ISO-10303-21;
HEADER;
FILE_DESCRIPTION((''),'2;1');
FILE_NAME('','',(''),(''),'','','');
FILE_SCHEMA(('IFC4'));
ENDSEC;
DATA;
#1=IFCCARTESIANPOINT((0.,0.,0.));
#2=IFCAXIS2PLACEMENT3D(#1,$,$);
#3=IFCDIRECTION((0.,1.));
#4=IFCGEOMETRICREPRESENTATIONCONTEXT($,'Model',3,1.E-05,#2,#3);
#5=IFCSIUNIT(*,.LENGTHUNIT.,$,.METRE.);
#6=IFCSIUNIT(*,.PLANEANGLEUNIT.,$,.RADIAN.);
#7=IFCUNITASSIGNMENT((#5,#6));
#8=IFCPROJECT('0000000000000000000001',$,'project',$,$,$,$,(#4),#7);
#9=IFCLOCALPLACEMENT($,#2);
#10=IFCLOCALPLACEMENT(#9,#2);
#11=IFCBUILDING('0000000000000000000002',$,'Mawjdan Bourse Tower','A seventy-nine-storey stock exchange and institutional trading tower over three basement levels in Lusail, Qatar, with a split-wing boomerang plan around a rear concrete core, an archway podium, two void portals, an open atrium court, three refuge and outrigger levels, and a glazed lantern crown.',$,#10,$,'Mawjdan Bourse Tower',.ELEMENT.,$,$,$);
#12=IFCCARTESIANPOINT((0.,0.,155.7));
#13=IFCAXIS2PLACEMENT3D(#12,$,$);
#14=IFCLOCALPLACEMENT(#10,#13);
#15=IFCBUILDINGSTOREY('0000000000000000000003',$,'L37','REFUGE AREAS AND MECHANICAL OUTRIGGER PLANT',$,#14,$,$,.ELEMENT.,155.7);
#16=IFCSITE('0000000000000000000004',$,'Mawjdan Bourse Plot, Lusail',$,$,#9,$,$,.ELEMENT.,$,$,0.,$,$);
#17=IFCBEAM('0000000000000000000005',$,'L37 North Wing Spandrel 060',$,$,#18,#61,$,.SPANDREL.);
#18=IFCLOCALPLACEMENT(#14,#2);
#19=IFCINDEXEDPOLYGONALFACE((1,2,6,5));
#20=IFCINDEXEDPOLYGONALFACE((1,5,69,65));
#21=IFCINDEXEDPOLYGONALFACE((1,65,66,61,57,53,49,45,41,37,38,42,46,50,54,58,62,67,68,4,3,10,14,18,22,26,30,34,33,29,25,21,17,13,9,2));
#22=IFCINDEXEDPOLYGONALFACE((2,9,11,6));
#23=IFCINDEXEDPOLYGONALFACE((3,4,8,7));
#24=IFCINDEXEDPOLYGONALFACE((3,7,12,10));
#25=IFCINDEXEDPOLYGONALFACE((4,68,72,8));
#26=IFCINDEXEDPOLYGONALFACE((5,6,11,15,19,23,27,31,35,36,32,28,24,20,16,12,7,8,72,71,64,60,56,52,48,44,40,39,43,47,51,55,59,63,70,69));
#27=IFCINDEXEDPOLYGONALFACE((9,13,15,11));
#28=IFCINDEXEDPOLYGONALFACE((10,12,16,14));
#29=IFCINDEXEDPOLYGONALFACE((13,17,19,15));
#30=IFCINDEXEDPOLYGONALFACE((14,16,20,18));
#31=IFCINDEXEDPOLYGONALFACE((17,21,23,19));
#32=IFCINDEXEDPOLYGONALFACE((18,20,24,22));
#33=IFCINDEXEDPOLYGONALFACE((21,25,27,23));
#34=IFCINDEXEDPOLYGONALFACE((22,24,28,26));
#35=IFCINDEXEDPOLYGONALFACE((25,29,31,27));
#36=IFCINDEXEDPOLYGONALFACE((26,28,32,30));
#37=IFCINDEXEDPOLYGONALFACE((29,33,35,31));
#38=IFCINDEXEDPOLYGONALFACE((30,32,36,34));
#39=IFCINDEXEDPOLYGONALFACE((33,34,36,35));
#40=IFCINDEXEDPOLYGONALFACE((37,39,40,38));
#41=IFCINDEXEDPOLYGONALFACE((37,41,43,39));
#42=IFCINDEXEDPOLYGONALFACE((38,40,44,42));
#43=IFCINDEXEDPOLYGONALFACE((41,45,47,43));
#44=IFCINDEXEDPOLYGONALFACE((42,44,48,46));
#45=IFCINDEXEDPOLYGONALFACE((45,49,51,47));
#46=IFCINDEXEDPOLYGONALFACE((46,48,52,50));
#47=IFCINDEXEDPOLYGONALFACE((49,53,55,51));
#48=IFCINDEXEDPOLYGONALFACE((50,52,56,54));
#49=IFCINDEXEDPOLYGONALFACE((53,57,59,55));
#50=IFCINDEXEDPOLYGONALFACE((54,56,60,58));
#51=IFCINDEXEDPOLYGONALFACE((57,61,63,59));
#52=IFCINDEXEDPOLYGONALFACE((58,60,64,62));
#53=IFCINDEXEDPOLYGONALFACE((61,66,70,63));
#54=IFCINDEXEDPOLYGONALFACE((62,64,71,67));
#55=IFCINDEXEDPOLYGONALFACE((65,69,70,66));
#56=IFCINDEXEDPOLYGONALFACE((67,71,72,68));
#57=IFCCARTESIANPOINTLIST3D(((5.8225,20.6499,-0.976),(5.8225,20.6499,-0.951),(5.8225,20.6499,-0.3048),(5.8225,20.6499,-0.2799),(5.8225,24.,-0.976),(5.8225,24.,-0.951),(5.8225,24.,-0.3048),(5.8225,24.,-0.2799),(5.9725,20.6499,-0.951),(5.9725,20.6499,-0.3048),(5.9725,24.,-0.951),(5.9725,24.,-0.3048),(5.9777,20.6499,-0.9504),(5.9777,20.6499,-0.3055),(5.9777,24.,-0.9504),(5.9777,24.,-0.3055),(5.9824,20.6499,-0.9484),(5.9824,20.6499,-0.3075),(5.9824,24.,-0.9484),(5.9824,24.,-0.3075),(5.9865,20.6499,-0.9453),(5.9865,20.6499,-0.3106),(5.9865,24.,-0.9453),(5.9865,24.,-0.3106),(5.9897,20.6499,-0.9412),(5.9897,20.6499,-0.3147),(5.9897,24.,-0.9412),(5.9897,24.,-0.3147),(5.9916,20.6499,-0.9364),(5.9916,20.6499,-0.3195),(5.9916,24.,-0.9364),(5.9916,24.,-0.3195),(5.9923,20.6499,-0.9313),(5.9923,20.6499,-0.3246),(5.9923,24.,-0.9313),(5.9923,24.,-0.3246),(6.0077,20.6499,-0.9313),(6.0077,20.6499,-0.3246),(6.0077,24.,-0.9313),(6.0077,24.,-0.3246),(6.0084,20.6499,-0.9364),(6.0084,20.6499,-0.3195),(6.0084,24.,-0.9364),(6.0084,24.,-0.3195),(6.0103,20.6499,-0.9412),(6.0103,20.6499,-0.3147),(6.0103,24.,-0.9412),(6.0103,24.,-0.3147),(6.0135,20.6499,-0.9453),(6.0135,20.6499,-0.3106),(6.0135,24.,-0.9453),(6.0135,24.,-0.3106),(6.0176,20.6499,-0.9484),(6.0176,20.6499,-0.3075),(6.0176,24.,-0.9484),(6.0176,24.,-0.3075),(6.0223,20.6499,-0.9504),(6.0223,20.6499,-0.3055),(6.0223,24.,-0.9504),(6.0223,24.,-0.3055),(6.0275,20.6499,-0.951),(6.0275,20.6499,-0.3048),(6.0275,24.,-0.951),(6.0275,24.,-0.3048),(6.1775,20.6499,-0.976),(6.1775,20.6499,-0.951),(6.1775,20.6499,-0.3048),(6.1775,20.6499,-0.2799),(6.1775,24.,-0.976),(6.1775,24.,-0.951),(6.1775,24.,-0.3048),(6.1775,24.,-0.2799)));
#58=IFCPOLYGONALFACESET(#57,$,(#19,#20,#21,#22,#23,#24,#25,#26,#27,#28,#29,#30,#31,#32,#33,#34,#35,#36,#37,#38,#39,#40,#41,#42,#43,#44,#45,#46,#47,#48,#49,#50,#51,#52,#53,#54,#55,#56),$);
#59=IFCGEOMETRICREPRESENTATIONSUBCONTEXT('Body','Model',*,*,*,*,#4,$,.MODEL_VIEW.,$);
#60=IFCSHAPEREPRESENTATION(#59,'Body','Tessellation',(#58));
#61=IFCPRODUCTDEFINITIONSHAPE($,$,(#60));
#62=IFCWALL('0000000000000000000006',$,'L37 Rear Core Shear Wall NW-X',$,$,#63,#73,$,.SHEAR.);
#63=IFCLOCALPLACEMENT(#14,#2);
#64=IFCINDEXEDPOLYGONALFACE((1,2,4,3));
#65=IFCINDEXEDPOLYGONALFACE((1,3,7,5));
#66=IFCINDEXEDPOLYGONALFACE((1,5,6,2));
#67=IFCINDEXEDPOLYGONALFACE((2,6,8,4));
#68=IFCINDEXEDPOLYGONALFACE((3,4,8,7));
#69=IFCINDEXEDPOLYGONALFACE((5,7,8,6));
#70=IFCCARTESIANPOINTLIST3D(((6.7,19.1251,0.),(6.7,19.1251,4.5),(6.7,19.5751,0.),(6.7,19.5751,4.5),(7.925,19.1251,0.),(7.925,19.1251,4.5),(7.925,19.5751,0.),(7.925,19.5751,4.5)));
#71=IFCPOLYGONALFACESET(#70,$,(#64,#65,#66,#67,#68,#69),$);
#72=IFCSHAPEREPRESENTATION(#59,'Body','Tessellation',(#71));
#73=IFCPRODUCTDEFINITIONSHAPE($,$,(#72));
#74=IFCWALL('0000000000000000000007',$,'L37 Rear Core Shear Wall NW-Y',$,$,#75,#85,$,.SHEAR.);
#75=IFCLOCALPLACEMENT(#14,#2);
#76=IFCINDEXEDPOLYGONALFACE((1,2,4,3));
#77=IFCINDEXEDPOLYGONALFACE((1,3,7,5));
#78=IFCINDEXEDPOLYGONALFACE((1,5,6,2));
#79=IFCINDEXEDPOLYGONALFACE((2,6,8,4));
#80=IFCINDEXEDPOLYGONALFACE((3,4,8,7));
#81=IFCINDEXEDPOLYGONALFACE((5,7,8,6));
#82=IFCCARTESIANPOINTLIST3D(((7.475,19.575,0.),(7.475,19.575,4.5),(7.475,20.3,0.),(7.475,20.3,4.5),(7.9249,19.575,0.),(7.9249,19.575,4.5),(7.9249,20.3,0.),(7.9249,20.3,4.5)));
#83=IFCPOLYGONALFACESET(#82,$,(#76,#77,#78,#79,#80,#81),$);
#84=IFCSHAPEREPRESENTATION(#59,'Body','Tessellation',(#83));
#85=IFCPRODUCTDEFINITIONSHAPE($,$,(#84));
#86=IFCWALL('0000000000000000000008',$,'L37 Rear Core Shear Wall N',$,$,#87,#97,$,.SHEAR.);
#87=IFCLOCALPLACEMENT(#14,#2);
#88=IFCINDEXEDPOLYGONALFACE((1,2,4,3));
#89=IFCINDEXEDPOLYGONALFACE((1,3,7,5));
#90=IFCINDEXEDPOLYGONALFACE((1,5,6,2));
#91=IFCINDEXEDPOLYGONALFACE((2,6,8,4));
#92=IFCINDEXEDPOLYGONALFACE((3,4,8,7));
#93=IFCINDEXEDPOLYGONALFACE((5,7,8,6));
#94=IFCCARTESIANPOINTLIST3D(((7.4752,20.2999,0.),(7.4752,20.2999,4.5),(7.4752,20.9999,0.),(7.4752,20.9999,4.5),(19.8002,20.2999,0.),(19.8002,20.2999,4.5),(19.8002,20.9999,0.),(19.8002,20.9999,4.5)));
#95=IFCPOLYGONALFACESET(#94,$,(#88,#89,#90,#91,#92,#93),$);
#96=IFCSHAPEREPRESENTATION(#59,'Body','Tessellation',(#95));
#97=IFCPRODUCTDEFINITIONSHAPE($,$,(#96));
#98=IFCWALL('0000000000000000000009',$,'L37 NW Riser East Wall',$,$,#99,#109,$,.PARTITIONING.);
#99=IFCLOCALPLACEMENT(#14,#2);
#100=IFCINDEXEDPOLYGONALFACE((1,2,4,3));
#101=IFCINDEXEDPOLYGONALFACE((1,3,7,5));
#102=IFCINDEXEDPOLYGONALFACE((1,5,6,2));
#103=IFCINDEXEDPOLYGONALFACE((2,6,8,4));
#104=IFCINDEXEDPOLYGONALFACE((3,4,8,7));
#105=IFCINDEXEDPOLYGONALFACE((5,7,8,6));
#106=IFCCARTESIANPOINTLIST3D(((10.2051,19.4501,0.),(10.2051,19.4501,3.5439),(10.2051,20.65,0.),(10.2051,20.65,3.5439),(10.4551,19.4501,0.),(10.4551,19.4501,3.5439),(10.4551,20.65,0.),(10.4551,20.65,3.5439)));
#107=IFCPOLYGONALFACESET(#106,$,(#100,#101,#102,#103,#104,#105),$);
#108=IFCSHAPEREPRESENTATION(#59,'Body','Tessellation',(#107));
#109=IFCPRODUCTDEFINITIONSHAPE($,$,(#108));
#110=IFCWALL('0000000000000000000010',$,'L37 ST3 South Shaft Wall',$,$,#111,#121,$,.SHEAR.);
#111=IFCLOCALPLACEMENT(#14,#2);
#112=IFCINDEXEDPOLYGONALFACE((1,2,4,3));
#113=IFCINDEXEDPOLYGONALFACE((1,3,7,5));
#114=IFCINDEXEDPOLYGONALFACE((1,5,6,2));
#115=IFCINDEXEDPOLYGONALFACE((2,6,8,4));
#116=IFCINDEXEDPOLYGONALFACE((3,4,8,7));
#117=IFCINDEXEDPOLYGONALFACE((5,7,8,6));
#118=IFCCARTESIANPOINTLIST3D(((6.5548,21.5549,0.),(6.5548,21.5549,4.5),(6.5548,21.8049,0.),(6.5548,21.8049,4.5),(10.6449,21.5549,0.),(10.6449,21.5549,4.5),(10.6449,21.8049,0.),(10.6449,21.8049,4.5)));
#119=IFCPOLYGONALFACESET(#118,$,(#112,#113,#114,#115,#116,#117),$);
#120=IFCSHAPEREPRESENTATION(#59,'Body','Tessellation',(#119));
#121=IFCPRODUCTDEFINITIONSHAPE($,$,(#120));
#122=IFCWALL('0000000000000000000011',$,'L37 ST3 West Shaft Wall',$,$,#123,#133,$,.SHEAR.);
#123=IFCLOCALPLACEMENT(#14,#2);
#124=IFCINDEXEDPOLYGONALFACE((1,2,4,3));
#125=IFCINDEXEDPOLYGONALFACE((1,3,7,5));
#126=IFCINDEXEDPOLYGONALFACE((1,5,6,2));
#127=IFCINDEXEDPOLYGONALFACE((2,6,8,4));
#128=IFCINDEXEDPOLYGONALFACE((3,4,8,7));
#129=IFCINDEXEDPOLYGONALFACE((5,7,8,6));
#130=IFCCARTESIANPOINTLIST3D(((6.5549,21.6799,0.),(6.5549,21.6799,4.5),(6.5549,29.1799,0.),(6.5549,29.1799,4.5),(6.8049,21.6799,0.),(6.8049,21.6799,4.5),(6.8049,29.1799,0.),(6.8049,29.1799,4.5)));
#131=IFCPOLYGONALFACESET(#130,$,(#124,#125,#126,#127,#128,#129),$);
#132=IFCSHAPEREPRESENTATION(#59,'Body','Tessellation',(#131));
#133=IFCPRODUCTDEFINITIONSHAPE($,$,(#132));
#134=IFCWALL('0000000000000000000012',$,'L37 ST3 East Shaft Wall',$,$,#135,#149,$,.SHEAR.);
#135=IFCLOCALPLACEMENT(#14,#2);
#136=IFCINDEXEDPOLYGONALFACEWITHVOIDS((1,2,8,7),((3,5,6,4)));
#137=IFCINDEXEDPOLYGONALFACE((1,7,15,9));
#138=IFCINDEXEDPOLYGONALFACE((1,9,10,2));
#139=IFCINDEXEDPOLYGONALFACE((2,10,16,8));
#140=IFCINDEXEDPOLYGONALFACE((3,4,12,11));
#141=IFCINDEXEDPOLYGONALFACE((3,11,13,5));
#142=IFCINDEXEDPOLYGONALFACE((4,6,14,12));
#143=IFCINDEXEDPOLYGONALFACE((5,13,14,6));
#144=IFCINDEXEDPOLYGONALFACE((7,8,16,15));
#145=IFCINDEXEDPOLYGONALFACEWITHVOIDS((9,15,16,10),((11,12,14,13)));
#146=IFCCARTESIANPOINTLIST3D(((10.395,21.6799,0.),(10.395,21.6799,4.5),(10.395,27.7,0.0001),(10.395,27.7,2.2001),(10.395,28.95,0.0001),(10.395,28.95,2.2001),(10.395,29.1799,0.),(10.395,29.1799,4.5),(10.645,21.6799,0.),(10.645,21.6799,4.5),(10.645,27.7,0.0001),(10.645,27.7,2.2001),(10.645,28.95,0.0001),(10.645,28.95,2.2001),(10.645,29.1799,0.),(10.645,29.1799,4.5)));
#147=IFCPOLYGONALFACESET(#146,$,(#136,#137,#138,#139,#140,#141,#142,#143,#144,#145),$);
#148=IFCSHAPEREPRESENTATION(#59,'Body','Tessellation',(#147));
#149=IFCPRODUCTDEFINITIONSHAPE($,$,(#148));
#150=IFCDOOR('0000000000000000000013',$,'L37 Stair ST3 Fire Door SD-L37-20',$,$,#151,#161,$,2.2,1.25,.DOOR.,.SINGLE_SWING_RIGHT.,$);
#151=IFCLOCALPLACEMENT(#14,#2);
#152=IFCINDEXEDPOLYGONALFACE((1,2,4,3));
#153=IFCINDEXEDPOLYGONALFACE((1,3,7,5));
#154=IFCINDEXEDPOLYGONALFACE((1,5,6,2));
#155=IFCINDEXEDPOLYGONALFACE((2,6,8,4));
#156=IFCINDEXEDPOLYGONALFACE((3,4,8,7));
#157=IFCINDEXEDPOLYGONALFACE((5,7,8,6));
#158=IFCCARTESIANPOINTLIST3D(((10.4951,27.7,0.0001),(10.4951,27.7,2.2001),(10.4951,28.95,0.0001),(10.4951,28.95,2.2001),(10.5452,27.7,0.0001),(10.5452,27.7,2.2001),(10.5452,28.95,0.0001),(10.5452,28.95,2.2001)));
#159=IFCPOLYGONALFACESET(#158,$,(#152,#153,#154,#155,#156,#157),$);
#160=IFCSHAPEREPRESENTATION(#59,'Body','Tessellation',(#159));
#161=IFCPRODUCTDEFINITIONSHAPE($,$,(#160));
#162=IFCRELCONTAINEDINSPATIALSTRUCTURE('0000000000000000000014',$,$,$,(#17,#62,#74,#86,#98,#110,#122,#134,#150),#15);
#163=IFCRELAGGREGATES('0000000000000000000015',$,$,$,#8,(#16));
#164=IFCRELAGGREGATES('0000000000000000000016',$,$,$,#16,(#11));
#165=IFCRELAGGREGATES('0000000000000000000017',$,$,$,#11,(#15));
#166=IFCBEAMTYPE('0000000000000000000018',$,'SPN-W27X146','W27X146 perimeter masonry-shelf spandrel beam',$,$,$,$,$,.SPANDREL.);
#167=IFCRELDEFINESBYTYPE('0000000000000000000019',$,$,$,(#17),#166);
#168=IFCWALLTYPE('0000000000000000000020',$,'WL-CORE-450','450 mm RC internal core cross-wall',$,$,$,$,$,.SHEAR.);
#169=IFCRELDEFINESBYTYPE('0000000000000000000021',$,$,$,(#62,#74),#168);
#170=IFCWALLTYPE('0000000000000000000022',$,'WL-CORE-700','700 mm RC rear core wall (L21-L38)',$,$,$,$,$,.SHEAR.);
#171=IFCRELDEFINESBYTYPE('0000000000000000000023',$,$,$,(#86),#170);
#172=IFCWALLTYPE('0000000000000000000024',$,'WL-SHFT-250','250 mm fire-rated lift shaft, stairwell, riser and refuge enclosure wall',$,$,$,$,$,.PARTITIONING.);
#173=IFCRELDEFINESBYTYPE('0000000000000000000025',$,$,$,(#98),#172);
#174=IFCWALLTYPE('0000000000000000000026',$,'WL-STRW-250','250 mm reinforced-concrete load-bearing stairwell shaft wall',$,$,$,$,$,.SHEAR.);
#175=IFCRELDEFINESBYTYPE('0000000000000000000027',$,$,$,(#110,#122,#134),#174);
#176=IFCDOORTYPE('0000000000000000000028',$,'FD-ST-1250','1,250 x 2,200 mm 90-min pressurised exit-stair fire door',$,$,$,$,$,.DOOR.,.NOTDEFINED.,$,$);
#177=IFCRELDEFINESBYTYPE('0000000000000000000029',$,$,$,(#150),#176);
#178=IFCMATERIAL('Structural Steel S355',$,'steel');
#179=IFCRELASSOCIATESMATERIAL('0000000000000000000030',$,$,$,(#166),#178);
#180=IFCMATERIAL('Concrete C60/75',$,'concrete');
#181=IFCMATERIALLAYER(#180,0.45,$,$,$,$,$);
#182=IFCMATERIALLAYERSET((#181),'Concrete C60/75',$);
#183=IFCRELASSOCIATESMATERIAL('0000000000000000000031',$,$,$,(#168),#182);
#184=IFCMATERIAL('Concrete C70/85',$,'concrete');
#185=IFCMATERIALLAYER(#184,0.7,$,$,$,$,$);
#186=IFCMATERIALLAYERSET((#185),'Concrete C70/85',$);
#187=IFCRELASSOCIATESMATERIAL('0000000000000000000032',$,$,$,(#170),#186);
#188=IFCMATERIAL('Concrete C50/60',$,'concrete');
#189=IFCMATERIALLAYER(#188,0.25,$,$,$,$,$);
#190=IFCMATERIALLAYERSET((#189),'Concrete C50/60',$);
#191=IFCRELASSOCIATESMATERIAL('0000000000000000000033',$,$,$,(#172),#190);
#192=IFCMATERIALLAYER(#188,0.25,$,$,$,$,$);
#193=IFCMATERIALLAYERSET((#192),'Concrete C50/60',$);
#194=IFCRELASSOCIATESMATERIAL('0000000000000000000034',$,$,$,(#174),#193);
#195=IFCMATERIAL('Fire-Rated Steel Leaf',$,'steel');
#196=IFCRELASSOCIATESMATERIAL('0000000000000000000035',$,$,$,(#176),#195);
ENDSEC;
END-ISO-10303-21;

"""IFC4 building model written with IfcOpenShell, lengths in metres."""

from ifc_helpers import new_model, si_unit, direction, frame, frame_2d, origin, origin_2d, place, context, subcontext, project, spatial, rectangle, i_section, extrude, material, layer, layer_set, material_profile, profile_set, type_object, element, fill, save


model = new_model("IFC4")

# Units and contexts
model_context = context("Model", 3, precision=1e-05, world=origin(), true_north=direction((0.0, 1.0)))
body_context = subcontext(model_context, "Body", "Model", "MODEL_VIEW")
ifc_project = project(units=[si_unit("LENGTHUNIT", "METRE"), si_unit("PLANEANGLEUNIT", "RADIAN")], contexts=[model_context])

# Site, building, storey
site_placement = place(None, origin())
site = spatial("IfcSite", under=ifc_project, at=site_placement, Name="Mawjdan Bourse Plot, Lusail", CompositionType="ELEMENT", RefElevation=0.0)
building_placement = place(site_placement, origin())
building = spatial("IfcBuilding", under=site, at=building_placement, Name="Mawjdan Bourse Tower", Description="A seventy-nine-storey stock exchange and institutional trading tower over three basement levels in Lusail, Qatar, with a split-wing boomerang plan around a rear concrete core, an archway podium, two void portals, an open atrium court, three refuge and outrigger levels, and a glazed lantern crown.", LongName="Mawjdan Bourse Tower", CompositionType="ELEMENT")
storey_placement = place(building_placement, frame((0.0, 0.0, 155.7)))
storey = spatial("IfcBuildingStorey", under=building, at=storey_placement, Name="L37", Description="REFUGE AREAS AND MECHANICAL OUTRIGGER PLANT", CompositionType="ELEMENT", Elevation=155.7)

# Beam
ifc_material_1 = material(Name="Structural Steel S355", Category="steel")
ifc_material_profile_1 = material_profile(ifc_material_1, i_section(OverallWidth=0.355, OverallDepth=0.696, WebThickness=0.0154, FlangeThickness=0.0249, FilletRadius=0.0198, at=origin_2d()), Name="W27X146")
ifc_profile_set_1 = profile_set([ifc_material_profile_1], Name="Structural Steel S355")
beam_type_1 = type_object("IfcBeamType", Name="SPN-W27X146", Description="W27X146 perimeter masonry-shelf spandrel beam", PredefinedType="SPANDREL", material=ifc_profile_set_1)
beam_1_placement = place(storey_placement, frame((6.0, 20.6499, -0.6279), z_axis=(0.0, 1.0, 0.0), x_axis=(-1.0, 0.0, 0.0)))
element("IfcBeam", 1, at=beam_1_placement, inside=storey, type_object=beam_type_1, Name="L37 North Wing Spandrel 060", PredefinedType="SPANDREL", context=body_context, shape_type="SweptSolid", body=[
    extrude(i_section(OverallWidth=0.355, OverallDepth=0.696, WebThickness=0.0154, FlangeThickness=0.0249, FilletRadius=0.0198, at=origin_2d()), origin(), (0.0, 0.0, 1.0), 3.3501),
])

# Walls
ifc_material_2 = material(Name="Concrete C60/75", Category="concrete")
ifc_layer_1 = layer(ifc_material_2, 0.45)
ifc_layer_set_1 = layer_set([ifc_layer_1], Name="Concrete C60/75")
wall_type_1 = type_object("IfcWallType", Name="WL-CORE-450", Description="450 mm RC internal core cross-wall", PredefinedType="SHEAR", material=ifc_layer_set_1)
wall_1_placement = place(storey_placement, frame((6.7, 19.3501, 0.0), z_axis=(0.0, 0.0, 1.0), x_axis=(1.0, 0.0, 0.0)))
element("IfcWall", 2, at=wall_1_placement, inside=storey, type_object=wall_type_1, Name="L37 Rear Core Shear Wall NW-X", PredefinedType="SHEAR", context=body_context, shape_type="SweptSolid", body=[
    extrude(rectangle(XDim=1.2251, YDim=0.45, at=frame_2d((0.6125, 0.0))), origin(), (0.0, 0.0, 1.0), 4.5),
])
wall_2_placement = place(storey_placement, frame((7.7, 19.575, 0.0), z_axis=(0.0, 0.0, 1.0), x_axis=(0.0, 1.0, 0.0)))
element("IfcWall", 3, at=wall_2_placement, inside=storey, type_object=wall_type_1, Name="L37 Rear Core Shear Wall NW-Y", PredefinedType="SHEAR", context=body_context, shape_type="SweptSolid", body=[
    extrude(rectangle(XDim=0.7251, YDim=0.45, at=frame_2d((0.3625, 0.0))), origin(), (0.0, 0.0, 1.0), 4.5),
])
ifc_material_3 = material(Name="Concrete C70/85", Category="concrete")
ifc_layer_2 = layer(ifc_material_3, 0.7)
ifc_layer_set_2 = layer_set([ifc_layer_2], Name="Concrete C70/85")
wall_type_2 = type_object("IfcWallType", Name="WL-CORE-700", Description="700 mm RC rear core wall (L21-L38)", PredefinedType="SHEAR", material=ifc_layer_set_2)
wall_3_placement = place(storey_placement, frame((7.4751, 20.6499, 0.0), z_axis=(0.0, 0.0, 1.0), x_axis=(1.0, 0.0, 0.0)))
element("IfcWall", 4, at=wall_3_placement, inside=storey, type_object=wall_type_2, Name="L37 Rear Core Shear Wall N", PredefinedType="SHEAR", context=body_context, shape_type="SweptSolid", body=[
    extrude(rectangle(XDim=12.325, YDim=0.7, at=frame_2d((6.1626, 0.0))), origin(), (0.0, 0.0, 1.0), 4.5),
])
ifc_material_4 = material(Name="Concrete C50/60", Category="concrete")
ifc_layer_3 = layer(ifc_material_4, 0.25)
ifc_layer_set_3 = layer_set([ifc_layer_3], Name="Concrete C50/60")
wall_type_3 = type_object("IfcWallType", Name="WL-SHFT-250", Description="250 mm fire-rated lift shaft, stairwell, riser and refuge enclosure wall", PredefinedType="PARTITIONING", material=ifc_layer_set_3)
wall_4_placement = place(storey_placement, frame((10.3301, 19.45, 0.0), z_axis=(0.0, 0.0, 1.0), x_axis=(0.0, 1.0, 0.0)))
element("IfcWall", 5, at=wall_4_placement, inside=storey, type_object=wall_type_3, Name="L37 NW Riser East Wall", PredefinedType="PARTITIONING", context=body_context, shape_type="SweptSolid", body=[
    extrude(rectangle(XDim=1.2, YDim=0.25, at=frame_2d((0.6001, 0.0))), origin(), (0.0, 0.0, 1.0), 3.5439),
])
ifc_layer_4 = layer(ifc_material_4, 0.25)
ifc_layer_set_4 = layer_set([ifc_layer_4], Name="Concrete C50/60")
wall_type_4 = type_object("IfcWallType", Name="WL-STRW-250", Description="250 mm reinforced-concrete load-bearing stairwell shaft wall", PredefinedType="SHEAR", material=ifc_layer_set_4)
wall_5_placement = place(storey_placement, frame((6.5549, 21.6799, 0.0), z_axis=(0.0, 0.0, 1.0), x_axis=(1.0, 0.0, 0.0)))
element("IfcWall", 6, at=wall_5_placement, inside=storey, type_object=wall_type_4, Name="L37 ST3 South Shaft Wall", PredefinedType="SHEAR", context=body_context, shape_type="SweptSolid", body=[
    extrude(rectangle(XDim=4.0901, YDim=0.25, at=frame_2d((2.0449, 0.0))), origin(), (0.0, 0.0, 1.0), 4.5),
])
wall_6_placement = place(storey_placement, frame((6.6799, 21.6799, 0.0), z_axis=(0.0, 0.0, 1.0), x_axis=(0.0, 1.0, 0.0)))
element("IfcWall", 7, at=wall_6_placement, inside=storey, type_object=wall_type_4, Name="L37 ST3 West Shaft Wall", PredefinedType="SHEAR", context=body_context, shape_type="SweptSolid", body=[
    extrude(rectangle(XDim=7.5, YDim=0.25, at=frame_2d((3.75, 0.0))), origin(), (0.0, 0.0, 1.0), 4.5),
])

# Wall, opening, door
wall_7_placement = place(storey_placement, frame((10.52, 21.6799, 0.0), z_axis=(0.0, 0.0, 1.0), x_axis=(0.0, 1.0, 0.0)))
wall_7 = element("IfcWall", 8, at=wall_7_placement, inside=storey, type_object=wall_type_4, Name="L37 ST3 East Shaft Wall", PredefinedType="SHEAR", context=body_context, shape_type="SweptSolid", body=[
    extrude(rectangle(XDim=7.5, YDim=0.25, at=frame_2d((3.75, 0.0))), origin(), (0.0, 0.0, 1.0), 4.5),
])
opening_placement = place(wall_7_placement, frame((6.02, 0.0, 0.0)))
opening = element("IfcOpeningElement", 9, at=opening_placement, cuts=wall_7, PredefinedType="OPENING", context=body_context, shape_type="SweptSolid", body=[
    extrude(rectangle(XDim=1.25, YDim=2.2, at=frame_2d((0.625, 1.1001))), frame((0.0, 0.135, 0.0), z_axis=(0.0, -1.0, 0.0), x_axis=(1.0, 0.0, 0.0)), (0.0, 0.0, 1.0), 0.27),
])
ifc_material_5 = material(Name="Fire-Rated Steel Leaf", Category="steel")
door_type = type_object("IfcDoorType", Name="FD-ST-1250", Description="1,250 x 2,200 mm 90-min pressurised exit-stair fire door", OperationType="NOTDEFINED", PredefinedType="DOOR", material=ifc_material_5)
door_placement = place(opening_placement, origin())
door = element("IfcDoor", 10, at=door_placement, inside=storey, type_object=door_type, Name="L37 Stair ST3 Fire Door SD-L37-20", OperationType="SINGLE_SWING_RIGHT", OverallHeight=2.2, OverallWidth=1.25, PredefinedType="DOOR", context=body_context, shape_type="SweptSolid", body=[
    extrude(rectangle(XDim=1.25, YDim=2.2, at=frame_2d((0.625, 1.1001))), frame((0.0, 0.0249, 0.0), z_axis=(0.0, -1.0, 0.0), x_axis=(1.0, 0.0, 0.0)), (0.0, 0.0, 1.0), 0.05),
])
fill(opening, door)

save(model, "model.ifc")
